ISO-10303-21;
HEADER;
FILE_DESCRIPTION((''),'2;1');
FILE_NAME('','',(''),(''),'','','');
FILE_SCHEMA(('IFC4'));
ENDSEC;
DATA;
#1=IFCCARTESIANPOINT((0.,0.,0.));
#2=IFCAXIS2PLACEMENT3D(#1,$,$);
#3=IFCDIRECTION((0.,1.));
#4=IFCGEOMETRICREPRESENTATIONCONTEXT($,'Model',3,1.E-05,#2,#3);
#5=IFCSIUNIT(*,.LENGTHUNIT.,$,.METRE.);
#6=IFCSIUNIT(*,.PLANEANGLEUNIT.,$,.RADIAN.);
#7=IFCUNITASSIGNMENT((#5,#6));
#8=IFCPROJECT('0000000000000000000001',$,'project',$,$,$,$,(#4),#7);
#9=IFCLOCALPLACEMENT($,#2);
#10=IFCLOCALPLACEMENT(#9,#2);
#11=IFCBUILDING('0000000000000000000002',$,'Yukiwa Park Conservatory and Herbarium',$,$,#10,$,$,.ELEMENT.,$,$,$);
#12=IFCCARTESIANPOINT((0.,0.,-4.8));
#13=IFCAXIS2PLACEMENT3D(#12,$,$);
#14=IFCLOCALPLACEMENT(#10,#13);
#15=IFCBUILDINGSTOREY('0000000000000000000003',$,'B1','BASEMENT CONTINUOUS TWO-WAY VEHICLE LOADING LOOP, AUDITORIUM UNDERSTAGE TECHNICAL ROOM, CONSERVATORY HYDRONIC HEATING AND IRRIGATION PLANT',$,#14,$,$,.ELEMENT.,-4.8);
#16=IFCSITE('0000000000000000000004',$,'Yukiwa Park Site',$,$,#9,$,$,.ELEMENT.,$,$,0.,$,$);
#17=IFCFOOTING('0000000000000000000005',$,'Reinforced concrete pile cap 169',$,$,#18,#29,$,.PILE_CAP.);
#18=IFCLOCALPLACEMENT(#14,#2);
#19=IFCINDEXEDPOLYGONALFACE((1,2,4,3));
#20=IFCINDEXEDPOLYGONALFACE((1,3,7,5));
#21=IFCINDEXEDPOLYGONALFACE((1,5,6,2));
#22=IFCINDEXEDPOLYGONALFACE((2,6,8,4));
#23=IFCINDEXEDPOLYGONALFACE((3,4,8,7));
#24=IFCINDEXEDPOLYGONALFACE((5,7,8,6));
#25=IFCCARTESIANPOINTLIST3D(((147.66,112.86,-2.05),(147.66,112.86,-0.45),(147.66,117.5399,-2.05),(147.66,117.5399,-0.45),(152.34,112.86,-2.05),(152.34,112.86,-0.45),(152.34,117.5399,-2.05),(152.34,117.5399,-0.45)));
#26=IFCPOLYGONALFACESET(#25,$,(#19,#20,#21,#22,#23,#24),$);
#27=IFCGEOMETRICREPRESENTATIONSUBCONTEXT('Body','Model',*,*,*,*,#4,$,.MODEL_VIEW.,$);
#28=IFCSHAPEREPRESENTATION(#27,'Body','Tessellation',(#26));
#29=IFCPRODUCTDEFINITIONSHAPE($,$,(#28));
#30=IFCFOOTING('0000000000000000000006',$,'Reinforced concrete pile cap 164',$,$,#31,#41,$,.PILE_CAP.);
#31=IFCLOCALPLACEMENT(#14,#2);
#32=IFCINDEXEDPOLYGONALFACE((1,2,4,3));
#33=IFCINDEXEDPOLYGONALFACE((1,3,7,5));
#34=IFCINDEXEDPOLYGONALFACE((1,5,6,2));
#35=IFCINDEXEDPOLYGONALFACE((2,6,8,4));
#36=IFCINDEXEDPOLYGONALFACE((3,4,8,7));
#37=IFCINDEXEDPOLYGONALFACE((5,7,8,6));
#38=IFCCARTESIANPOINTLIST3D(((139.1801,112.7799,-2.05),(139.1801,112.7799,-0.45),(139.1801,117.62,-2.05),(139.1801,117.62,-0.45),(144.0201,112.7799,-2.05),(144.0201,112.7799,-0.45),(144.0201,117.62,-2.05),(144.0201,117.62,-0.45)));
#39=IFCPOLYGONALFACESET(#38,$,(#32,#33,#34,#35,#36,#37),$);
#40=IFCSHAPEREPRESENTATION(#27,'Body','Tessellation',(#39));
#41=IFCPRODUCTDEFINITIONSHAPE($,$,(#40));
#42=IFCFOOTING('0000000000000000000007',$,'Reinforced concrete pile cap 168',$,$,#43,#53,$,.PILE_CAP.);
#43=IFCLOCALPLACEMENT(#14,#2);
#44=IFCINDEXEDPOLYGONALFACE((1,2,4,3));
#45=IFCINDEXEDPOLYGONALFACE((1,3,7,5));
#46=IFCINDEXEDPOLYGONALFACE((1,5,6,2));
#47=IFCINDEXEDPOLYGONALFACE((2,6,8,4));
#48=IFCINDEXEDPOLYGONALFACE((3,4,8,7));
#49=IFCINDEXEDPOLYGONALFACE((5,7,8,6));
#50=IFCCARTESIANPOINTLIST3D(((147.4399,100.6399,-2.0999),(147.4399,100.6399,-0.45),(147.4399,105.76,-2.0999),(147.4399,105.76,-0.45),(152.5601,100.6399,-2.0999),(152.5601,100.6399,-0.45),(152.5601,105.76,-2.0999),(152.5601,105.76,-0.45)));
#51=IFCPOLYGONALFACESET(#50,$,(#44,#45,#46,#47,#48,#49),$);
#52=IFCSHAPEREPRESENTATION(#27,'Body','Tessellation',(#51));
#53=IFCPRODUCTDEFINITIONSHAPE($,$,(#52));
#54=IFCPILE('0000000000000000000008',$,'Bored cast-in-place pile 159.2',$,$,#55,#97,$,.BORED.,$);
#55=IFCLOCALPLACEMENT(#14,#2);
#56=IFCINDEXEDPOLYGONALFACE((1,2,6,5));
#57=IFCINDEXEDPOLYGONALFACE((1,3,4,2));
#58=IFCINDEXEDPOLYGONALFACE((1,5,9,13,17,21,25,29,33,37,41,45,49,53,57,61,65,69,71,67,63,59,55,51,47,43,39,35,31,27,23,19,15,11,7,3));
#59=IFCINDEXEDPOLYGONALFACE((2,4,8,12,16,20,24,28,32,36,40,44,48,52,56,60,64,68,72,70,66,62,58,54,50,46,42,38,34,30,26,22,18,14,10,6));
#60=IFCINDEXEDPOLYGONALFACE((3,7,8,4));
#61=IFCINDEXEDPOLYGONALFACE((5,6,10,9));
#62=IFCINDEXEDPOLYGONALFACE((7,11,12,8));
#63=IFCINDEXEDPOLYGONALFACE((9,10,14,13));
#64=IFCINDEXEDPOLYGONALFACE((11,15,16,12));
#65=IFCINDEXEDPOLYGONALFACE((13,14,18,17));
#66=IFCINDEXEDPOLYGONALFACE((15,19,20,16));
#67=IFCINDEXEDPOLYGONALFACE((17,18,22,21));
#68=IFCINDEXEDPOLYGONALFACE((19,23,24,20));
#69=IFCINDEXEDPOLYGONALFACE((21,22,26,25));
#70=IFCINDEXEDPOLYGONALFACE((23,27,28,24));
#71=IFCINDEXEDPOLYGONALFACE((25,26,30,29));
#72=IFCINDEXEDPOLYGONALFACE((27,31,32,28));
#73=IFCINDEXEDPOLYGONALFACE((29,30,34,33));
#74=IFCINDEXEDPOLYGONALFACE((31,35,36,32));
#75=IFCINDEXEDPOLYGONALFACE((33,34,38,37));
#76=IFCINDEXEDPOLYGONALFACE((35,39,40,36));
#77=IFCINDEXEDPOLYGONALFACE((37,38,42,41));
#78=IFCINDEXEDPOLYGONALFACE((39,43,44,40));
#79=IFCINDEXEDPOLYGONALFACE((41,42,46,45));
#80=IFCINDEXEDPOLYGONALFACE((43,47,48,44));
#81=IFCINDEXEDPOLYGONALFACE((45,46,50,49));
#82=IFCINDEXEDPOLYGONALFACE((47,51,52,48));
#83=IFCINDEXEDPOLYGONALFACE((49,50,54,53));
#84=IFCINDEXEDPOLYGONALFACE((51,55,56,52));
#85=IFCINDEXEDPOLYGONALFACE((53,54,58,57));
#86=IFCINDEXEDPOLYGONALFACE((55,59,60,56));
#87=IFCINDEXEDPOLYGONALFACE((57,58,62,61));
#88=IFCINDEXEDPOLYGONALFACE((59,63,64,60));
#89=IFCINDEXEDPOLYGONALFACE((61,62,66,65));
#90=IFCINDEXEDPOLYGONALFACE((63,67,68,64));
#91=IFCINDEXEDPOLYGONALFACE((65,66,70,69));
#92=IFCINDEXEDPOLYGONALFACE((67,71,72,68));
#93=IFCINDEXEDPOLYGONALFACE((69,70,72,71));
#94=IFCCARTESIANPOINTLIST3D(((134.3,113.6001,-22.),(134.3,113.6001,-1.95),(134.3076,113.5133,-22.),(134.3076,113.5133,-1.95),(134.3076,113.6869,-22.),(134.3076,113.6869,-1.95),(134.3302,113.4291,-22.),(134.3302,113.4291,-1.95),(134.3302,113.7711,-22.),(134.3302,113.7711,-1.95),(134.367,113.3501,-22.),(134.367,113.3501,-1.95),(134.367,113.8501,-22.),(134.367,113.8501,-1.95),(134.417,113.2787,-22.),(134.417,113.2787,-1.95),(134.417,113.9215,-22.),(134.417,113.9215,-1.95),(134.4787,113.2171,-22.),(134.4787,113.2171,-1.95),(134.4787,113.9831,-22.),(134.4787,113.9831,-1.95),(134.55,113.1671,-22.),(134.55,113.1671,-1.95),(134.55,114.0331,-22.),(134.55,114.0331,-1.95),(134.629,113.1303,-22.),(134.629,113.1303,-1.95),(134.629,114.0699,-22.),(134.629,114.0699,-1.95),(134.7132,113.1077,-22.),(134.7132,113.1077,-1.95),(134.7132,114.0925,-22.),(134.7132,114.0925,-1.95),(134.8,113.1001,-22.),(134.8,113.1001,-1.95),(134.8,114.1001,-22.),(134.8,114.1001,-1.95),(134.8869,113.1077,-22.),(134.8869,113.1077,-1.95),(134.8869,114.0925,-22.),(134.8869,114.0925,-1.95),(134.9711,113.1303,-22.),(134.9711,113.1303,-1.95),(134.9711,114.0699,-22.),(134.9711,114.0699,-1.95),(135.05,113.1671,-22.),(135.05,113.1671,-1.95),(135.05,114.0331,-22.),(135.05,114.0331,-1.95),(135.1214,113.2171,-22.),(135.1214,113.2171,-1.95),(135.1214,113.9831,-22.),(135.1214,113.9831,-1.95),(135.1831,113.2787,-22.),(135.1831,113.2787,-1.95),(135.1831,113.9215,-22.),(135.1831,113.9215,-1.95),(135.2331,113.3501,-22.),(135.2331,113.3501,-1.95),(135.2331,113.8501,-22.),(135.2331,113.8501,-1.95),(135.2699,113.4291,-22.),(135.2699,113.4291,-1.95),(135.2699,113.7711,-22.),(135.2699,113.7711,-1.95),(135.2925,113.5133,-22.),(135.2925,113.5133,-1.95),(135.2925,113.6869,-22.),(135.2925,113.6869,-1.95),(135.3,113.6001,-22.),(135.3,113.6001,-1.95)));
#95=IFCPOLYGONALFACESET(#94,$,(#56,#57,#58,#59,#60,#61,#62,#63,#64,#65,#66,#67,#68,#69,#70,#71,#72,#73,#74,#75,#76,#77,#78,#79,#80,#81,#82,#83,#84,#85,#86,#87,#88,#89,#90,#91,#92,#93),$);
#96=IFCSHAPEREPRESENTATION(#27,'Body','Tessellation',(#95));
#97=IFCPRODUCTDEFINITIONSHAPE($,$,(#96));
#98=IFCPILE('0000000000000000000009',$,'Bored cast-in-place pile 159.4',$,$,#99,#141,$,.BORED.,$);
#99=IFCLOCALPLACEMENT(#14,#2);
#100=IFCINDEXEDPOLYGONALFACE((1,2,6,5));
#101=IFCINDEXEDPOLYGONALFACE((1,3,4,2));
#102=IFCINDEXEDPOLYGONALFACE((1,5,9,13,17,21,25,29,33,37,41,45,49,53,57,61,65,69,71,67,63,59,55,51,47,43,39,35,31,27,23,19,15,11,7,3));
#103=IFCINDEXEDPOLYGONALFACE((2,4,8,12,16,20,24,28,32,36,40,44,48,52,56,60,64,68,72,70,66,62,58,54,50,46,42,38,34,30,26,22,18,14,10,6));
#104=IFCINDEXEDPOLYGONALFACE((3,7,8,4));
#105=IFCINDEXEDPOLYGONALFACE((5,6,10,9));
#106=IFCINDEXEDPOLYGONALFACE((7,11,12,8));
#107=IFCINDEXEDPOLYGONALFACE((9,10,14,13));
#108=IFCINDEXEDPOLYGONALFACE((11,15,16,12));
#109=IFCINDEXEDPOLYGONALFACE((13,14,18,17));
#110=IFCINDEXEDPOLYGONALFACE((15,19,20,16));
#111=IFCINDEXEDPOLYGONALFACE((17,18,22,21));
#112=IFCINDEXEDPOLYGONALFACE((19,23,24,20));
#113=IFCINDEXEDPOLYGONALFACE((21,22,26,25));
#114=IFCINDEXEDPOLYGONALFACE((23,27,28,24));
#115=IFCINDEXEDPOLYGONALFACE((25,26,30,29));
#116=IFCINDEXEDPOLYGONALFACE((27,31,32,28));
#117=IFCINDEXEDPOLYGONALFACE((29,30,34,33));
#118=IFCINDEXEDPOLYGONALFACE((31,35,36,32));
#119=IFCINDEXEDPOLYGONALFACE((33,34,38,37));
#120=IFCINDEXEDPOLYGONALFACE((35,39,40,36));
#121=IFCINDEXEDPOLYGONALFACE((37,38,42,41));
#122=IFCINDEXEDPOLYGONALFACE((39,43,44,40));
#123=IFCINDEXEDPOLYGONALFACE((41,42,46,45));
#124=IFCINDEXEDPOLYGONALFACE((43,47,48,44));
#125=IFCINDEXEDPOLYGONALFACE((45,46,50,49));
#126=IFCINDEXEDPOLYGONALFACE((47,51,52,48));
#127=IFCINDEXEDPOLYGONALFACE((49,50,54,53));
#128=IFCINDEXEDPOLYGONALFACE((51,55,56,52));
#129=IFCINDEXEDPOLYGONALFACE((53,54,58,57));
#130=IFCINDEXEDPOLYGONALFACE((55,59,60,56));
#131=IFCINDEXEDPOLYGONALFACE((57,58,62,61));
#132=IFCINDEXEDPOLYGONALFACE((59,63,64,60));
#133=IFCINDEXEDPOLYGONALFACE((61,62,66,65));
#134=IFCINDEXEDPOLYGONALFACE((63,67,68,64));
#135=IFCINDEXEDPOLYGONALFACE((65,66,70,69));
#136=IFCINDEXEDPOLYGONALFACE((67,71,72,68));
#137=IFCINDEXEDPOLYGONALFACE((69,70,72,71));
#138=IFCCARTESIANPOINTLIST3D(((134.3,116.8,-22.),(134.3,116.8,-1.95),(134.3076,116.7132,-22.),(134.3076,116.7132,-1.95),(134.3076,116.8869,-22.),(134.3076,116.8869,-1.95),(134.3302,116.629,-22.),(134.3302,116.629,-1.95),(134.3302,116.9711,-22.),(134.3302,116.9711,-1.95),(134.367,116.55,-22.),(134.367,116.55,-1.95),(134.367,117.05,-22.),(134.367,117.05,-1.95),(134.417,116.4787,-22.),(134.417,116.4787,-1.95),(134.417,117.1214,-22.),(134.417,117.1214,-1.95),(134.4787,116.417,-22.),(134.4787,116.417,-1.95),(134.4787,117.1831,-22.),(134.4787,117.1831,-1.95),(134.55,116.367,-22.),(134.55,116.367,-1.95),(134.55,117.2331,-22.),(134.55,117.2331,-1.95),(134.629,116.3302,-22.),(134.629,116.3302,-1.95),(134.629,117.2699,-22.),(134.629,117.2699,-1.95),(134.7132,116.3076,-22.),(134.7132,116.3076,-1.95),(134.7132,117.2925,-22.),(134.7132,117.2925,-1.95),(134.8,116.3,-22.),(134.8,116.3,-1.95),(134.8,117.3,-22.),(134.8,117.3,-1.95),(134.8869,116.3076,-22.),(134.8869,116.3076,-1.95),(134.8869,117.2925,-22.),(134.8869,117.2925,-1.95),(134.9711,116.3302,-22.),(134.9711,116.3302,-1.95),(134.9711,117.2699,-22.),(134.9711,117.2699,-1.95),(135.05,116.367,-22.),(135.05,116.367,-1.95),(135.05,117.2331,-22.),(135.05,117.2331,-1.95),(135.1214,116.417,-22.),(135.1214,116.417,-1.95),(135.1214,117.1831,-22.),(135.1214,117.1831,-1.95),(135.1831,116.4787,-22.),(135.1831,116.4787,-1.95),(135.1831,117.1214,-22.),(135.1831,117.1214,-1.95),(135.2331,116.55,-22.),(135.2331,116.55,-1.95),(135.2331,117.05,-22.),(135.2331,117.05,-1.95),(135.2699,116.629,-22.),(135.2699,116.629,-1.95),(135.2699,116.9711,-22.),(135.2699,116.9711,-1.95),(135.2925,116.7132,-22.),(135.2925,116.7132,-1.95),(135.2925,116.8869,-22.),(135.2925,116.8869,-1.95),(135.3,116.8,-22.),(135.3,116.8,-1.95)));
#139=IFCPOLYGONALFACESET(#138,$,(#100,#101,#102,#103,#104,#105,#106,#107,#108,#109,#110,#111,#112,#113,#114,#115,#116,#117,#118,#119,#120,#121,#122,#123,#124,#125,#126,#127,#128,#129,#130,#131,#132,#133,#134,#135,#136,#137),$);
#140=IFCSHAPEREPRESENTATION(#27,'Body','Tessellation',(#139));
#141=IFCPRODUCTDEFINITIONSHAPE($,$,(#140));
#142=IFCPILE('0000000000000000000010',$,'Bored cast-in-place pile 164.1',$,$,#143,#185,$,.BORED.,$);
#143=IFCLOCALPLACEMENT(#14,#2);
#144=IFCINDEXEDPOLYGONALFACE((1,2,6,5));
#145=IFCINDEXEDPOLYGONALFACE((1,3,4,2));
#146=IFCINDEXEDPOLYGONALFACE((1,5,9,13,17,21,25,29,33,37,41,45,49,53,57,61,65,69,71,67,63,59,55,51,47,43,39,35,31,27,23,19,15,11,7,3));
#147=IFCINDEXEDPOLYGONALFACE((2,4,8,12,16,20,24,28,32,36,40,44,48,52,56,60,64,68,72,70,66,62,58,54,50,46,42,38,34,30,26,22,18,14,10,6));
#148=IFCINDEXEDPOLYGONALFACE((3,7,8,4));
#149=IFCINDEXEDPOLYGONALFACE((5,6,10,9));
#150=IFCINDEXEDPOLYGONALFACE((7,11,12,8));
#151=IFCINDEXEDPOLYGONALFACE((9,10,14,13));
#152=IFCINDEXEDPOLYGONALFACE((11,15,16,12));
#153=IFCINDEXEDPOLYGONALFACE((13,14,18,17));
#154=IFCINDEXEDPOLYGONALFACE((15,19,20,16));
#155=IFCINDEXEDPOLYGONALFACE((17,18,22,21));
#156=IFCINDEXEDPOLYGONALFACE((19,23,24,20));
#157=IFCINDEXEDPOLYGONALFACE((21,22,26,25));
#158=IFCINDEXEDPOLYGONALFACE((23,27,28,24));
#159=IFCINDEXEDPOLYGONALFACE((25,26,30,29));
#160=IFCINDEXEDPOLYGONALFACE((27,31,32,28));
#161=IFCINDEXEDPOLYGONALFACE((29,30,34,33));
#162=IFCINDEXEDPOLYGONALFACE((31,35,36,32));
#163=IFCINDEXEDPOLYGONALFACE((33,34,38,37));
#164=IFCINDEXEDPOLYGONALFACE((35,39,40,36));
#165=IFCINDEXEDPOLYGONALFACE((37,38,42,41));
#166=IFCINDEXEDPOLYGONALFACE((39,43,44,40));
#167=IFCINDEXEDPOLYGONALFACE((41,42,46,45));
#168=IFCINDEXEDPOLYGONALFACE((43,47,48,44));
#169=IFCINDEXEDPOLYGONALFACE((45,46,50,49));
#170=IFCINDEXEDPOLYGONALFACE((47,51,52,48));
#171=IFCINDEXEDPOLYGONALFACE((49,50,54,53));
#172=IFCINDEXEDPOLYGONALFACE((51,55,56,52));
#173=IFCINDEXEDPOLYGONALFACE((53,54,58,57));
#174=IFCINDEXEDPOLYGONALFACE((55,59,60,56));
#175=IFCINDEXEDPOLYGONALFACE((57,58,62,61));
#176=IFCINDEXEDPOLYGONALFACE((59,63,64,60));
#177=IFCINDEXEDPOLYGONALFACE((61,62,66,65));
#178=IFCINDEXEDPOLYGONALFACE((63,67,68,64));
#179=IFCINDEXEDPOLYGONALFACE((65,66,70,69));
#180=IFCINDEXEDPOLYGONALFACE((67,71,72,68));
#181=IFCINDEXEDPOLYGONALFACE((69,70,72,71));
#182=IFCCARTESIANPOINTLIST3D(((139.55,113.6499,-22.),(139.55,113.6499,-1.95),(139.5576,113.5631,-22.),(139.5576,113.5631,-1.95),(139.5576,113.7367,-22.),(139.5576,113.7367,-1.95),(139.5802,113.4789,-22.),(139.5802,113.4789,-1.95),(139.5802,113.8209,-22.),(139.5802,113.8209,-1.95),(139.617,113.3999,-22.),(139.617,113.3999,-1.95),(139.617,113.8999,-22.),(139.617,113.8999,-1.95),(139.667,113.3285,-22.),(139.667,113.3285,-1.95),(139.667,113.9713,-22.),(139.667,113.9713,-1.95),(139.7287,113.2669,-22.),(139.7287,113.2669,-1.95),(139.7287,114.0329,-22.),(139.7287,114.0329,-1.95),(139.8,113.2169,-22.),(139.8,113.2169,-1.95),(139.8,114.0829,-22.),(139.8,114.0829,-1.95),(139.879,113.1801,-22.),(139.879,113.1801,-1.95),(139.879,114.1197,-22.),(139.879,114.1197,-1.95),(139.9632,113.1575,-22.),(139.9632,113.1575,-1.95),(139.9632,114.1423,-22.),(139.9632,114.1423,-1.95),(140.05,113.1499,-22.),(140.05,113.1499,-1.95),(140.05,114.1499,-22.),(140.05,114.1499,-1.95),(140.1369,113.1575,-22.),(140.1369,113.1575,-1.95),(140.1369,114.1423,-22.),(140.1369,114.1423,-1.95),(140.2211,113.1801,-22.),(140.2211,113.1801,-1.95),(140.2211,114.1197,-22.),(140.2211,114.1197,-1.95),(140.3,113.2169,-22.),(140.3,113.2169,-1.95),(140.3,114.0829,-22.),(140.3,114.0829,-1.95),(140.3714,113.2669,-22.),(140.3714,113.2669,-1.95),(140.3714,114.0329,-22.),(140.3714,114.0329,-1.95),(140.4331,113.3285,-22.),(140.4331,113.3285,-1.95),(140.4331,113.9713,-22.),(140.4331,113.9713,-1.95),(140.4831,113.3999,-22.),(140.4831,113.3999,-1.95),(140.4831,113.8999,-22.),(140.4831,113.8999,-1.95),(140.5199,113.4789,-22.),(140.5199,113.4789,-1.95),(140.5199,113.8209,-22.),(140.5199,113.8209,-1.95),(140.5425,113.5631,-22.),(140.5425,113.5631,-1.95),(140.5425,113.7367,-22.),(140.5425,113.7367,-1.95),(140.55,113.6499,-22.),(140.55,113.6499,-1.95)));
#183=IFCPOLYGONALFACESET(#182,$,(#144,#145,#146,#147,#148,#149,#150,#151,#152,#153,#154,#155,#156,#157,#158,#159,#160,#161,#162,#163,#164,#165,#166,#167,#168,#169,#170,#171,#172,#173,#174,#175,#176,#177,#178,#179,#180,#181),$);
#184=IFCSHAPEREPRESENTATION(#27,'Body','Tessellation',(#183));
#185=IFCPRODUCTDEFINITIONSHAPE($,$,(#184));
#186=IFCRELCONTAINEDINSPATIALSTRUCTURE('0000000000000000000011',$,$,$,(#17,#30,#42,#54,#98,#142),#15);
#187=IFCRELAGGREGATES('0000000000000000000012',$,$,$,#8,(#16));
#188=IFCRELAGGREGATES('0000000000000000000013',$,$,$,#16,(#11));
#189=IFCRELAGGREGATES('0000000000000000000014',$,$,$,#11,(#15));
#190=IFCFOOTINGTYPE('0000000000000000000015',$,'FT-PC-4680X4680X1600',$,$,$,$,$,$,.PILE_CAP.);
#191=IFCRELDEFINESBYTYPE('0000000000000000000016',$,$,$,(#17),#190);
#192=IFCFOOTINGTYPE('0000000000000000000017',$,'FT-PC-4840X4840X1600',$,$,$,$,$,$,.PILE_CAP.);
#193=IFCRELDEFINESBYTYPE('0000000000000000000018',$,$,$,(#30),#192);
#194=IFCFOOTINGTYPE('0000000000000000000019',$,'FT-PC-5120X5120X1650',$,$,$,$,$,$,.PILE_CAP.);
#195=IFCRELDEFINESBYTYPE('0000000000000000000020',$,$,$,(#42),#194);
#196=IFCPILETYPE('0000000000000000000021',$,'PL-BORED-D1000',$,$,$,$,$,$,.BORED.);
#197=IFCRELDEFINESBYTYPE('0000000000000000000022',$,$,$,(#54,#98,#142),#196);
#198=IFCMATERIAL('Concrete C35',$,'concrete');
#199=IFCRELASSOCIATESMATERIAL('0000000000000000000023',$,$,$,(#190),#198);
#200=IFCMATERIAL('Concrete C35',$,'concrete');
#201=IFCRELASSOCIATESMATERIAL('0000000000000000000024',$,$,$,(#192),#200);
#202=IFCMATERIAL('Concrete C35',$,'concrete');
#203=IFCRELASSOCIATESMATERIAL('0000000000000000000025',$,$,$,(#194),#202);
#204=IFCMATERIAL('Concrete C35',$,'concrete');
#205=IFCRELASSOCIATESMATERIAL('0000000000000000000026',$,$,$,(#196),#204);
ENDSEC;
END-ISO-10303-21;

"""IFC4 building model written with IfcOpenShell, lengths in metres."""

from ifc_helpers import new_model, si_unit, direction, frame, origin, origin_2d, place, context, subcontext, project, spatial, rectangle, circle, extrude, material, material_profile, profile_set, type_object, element, save


model = new_model("IFC4")

# Units and contexts
model_context = context("Model", 3, precision=1e-05, world=origin(), true_north=direction((0.0, 1.0)))
body_context = subcontext(model_context, "Body", "Model", "MODEL_VIEW")
ifc_project = project(units=[si_unit("LENGTHUNIT", "METRE"), si_unit("PLANEANGLEUNIT", "RADIAN")], contexts=[model_context])

# Site, building, storey
site_placement = place(None, origin())
site = spatial("IfcSite", under=ifc_project, at=site_placement, Name="Yukiwa Park Site", CompositionType="ELEMENT", RefElevation=0.0)
building_placement = place(site_placement, origin())
building = spatial("IfcBuilding", under=site, at=building_placement, Name="Yukiwa Park Conservatory and Herbarium", CompositionType="ELEMENT")
storey_placement = place(building_placement, frame((0.0, 0.0, -4.8)))
storey = spatial("IfcBuildingStorey", under=building, at=storey_placement, Name="B1", Description="BASEMENT CONTINUOUS TWO-WAY VEHICLE LOADING LOOP, AUDITORIUM UNDERSTAGE TECHNICAL ROOM, CONSERVATORY HYDRONIC HEATING AND IRRIGATION PLANT", CompositionType="ELEMENT", Elevation=-4.8)

# Footings
ifc_material_1 = material(Name="Concrete C35", Category="concrete")
footing_type_1 = type_object("IfcFootingType", Name="FT-PC-4680X4680X1600", PredefinedType="PILE_CAP", material=ifc_material_1)
footing_1_placement = place(storey_placement, frame((150.0, 115.2, -2.05), z_axis=(0.0, 0.0, 1.0), x_axis=(1.0, 0.0, 0.0)))
element("IfcFooting", 1, at=footing_1_placement, inside=storey, type_object=footing_type_1, Name="Reinforced concrete pile cap 169", PredefinedType="PILE_CAP", context=body_context, shape_type="SweptSolid", body=[
    extrude(rectangle(XDim=4.6799, YDim=4.6799, at=origin_2d()), origin(), (0.0, 0.0, 1.0), 1.6001),
])
ifc_material_2 = material(Name="Concrete C35", Category="concrete")
footing_type_2 = type_object("IfcFootingType", Name="FT-PC-4840X4840X1600", PredefinedType="PILE_CAP", material=ifc_material_2)
footing_2_placement = place(storey_placement, frame((141.6001, 115.2, -2.05), z_axis=(0.0, 0.0, 1.0), x_axis=(1.0, 0.0, 0.0)))
element("IfcFooting", 2, at=footing_2_placement, inside=storey, type_object=footing_type_2, Name="Reinforced concrete pile cap 164", PredefinedType="PILE_CAP", context=body_context, shape_type="SweptSolid", body=[
    extrude(rectangle(XDim=4.8401, YDim=4.8401, at=origin_2d()), origin(), (0.0, 0.0, 1.0), 1.6001),
])
ifc_material_3 = material(Name="Concrete C35", Category="concrete")
footing_type_3 = type_object("IfcFootingType", Name="FT-PC-5120X5120X1650", PredefinedType="PILE_CAP", material=ifc_material_3)
footing_3_placement = place(storey_placement, frame((150.0, 103.2, -2.0999), z_axis=(0.0, 0.0, 1.0), x_axis=(1.0, 0.0, 0.0)))
element("IfcFooting", 3, at=footing_3_placement, inside=storey, type_object=footing_type_3, Name="Reinforced concrete pile cap 168", PredefinedType="PILE_CAP", context=body_context, shape_type="SweptSolid", body=[
    extrude(rectangle(XDim=5.1201, YDim=5.1201, at=origin_2d()), origin(), (0.0, 0.0, 1.0), 1.6499),
])

# Piles
ifc_material_4 = material(Name="Concrete C35", Category="concrete")
ifc_material_profile_1 = material_profile(ifc_material_4, circle(Radius=0.5, at=origin_2d()), Name="PILE D1000")
ifc_profile_set_1 = profile_set([ifc_material_profile_1], Name="Concrete C35")
pile_type_1 = type_object("IfcPileType", Name="PL-BORED-D1000", PredefinedType="BORED", material=ifc_profile_set_1)
for number, where, z_axis, x_axis, name in (
    (4, (134.8, 113.6001, -1.95), (0.0, 0.0, -1.0), (1.0, 0.0, 0.0), "Bored cast-in-place pile 159.2"),
    (5, (134.8, 116.8, -1.95), (0.0, 0.0, -1.0), (1.0, 0.0, 0.0), "Bored cast-in-place pile 159.4"),
    (6, (140.05, 113.6499, -1.95), (0.0, 0.0, -1.0), (1.0, 0.0, 0.0), "Bored cast-in-place pile 164.1"),
):
    element("IfcPile", number, at=place(storey_placement, frame(where, z_axis=z_axis, x_axis=x_axis)), inside=storey, type_object=pile_type_1, Name=name, PredefinedType="BORED", context=body_context, shape_type="SweptSolid", body=[
        extrude(circle(Radius=0.5, at=origin_2d()), origin(), (0.0, 0.0, 1.0), 20.05),
    ])

save(model, "model.ifc")
